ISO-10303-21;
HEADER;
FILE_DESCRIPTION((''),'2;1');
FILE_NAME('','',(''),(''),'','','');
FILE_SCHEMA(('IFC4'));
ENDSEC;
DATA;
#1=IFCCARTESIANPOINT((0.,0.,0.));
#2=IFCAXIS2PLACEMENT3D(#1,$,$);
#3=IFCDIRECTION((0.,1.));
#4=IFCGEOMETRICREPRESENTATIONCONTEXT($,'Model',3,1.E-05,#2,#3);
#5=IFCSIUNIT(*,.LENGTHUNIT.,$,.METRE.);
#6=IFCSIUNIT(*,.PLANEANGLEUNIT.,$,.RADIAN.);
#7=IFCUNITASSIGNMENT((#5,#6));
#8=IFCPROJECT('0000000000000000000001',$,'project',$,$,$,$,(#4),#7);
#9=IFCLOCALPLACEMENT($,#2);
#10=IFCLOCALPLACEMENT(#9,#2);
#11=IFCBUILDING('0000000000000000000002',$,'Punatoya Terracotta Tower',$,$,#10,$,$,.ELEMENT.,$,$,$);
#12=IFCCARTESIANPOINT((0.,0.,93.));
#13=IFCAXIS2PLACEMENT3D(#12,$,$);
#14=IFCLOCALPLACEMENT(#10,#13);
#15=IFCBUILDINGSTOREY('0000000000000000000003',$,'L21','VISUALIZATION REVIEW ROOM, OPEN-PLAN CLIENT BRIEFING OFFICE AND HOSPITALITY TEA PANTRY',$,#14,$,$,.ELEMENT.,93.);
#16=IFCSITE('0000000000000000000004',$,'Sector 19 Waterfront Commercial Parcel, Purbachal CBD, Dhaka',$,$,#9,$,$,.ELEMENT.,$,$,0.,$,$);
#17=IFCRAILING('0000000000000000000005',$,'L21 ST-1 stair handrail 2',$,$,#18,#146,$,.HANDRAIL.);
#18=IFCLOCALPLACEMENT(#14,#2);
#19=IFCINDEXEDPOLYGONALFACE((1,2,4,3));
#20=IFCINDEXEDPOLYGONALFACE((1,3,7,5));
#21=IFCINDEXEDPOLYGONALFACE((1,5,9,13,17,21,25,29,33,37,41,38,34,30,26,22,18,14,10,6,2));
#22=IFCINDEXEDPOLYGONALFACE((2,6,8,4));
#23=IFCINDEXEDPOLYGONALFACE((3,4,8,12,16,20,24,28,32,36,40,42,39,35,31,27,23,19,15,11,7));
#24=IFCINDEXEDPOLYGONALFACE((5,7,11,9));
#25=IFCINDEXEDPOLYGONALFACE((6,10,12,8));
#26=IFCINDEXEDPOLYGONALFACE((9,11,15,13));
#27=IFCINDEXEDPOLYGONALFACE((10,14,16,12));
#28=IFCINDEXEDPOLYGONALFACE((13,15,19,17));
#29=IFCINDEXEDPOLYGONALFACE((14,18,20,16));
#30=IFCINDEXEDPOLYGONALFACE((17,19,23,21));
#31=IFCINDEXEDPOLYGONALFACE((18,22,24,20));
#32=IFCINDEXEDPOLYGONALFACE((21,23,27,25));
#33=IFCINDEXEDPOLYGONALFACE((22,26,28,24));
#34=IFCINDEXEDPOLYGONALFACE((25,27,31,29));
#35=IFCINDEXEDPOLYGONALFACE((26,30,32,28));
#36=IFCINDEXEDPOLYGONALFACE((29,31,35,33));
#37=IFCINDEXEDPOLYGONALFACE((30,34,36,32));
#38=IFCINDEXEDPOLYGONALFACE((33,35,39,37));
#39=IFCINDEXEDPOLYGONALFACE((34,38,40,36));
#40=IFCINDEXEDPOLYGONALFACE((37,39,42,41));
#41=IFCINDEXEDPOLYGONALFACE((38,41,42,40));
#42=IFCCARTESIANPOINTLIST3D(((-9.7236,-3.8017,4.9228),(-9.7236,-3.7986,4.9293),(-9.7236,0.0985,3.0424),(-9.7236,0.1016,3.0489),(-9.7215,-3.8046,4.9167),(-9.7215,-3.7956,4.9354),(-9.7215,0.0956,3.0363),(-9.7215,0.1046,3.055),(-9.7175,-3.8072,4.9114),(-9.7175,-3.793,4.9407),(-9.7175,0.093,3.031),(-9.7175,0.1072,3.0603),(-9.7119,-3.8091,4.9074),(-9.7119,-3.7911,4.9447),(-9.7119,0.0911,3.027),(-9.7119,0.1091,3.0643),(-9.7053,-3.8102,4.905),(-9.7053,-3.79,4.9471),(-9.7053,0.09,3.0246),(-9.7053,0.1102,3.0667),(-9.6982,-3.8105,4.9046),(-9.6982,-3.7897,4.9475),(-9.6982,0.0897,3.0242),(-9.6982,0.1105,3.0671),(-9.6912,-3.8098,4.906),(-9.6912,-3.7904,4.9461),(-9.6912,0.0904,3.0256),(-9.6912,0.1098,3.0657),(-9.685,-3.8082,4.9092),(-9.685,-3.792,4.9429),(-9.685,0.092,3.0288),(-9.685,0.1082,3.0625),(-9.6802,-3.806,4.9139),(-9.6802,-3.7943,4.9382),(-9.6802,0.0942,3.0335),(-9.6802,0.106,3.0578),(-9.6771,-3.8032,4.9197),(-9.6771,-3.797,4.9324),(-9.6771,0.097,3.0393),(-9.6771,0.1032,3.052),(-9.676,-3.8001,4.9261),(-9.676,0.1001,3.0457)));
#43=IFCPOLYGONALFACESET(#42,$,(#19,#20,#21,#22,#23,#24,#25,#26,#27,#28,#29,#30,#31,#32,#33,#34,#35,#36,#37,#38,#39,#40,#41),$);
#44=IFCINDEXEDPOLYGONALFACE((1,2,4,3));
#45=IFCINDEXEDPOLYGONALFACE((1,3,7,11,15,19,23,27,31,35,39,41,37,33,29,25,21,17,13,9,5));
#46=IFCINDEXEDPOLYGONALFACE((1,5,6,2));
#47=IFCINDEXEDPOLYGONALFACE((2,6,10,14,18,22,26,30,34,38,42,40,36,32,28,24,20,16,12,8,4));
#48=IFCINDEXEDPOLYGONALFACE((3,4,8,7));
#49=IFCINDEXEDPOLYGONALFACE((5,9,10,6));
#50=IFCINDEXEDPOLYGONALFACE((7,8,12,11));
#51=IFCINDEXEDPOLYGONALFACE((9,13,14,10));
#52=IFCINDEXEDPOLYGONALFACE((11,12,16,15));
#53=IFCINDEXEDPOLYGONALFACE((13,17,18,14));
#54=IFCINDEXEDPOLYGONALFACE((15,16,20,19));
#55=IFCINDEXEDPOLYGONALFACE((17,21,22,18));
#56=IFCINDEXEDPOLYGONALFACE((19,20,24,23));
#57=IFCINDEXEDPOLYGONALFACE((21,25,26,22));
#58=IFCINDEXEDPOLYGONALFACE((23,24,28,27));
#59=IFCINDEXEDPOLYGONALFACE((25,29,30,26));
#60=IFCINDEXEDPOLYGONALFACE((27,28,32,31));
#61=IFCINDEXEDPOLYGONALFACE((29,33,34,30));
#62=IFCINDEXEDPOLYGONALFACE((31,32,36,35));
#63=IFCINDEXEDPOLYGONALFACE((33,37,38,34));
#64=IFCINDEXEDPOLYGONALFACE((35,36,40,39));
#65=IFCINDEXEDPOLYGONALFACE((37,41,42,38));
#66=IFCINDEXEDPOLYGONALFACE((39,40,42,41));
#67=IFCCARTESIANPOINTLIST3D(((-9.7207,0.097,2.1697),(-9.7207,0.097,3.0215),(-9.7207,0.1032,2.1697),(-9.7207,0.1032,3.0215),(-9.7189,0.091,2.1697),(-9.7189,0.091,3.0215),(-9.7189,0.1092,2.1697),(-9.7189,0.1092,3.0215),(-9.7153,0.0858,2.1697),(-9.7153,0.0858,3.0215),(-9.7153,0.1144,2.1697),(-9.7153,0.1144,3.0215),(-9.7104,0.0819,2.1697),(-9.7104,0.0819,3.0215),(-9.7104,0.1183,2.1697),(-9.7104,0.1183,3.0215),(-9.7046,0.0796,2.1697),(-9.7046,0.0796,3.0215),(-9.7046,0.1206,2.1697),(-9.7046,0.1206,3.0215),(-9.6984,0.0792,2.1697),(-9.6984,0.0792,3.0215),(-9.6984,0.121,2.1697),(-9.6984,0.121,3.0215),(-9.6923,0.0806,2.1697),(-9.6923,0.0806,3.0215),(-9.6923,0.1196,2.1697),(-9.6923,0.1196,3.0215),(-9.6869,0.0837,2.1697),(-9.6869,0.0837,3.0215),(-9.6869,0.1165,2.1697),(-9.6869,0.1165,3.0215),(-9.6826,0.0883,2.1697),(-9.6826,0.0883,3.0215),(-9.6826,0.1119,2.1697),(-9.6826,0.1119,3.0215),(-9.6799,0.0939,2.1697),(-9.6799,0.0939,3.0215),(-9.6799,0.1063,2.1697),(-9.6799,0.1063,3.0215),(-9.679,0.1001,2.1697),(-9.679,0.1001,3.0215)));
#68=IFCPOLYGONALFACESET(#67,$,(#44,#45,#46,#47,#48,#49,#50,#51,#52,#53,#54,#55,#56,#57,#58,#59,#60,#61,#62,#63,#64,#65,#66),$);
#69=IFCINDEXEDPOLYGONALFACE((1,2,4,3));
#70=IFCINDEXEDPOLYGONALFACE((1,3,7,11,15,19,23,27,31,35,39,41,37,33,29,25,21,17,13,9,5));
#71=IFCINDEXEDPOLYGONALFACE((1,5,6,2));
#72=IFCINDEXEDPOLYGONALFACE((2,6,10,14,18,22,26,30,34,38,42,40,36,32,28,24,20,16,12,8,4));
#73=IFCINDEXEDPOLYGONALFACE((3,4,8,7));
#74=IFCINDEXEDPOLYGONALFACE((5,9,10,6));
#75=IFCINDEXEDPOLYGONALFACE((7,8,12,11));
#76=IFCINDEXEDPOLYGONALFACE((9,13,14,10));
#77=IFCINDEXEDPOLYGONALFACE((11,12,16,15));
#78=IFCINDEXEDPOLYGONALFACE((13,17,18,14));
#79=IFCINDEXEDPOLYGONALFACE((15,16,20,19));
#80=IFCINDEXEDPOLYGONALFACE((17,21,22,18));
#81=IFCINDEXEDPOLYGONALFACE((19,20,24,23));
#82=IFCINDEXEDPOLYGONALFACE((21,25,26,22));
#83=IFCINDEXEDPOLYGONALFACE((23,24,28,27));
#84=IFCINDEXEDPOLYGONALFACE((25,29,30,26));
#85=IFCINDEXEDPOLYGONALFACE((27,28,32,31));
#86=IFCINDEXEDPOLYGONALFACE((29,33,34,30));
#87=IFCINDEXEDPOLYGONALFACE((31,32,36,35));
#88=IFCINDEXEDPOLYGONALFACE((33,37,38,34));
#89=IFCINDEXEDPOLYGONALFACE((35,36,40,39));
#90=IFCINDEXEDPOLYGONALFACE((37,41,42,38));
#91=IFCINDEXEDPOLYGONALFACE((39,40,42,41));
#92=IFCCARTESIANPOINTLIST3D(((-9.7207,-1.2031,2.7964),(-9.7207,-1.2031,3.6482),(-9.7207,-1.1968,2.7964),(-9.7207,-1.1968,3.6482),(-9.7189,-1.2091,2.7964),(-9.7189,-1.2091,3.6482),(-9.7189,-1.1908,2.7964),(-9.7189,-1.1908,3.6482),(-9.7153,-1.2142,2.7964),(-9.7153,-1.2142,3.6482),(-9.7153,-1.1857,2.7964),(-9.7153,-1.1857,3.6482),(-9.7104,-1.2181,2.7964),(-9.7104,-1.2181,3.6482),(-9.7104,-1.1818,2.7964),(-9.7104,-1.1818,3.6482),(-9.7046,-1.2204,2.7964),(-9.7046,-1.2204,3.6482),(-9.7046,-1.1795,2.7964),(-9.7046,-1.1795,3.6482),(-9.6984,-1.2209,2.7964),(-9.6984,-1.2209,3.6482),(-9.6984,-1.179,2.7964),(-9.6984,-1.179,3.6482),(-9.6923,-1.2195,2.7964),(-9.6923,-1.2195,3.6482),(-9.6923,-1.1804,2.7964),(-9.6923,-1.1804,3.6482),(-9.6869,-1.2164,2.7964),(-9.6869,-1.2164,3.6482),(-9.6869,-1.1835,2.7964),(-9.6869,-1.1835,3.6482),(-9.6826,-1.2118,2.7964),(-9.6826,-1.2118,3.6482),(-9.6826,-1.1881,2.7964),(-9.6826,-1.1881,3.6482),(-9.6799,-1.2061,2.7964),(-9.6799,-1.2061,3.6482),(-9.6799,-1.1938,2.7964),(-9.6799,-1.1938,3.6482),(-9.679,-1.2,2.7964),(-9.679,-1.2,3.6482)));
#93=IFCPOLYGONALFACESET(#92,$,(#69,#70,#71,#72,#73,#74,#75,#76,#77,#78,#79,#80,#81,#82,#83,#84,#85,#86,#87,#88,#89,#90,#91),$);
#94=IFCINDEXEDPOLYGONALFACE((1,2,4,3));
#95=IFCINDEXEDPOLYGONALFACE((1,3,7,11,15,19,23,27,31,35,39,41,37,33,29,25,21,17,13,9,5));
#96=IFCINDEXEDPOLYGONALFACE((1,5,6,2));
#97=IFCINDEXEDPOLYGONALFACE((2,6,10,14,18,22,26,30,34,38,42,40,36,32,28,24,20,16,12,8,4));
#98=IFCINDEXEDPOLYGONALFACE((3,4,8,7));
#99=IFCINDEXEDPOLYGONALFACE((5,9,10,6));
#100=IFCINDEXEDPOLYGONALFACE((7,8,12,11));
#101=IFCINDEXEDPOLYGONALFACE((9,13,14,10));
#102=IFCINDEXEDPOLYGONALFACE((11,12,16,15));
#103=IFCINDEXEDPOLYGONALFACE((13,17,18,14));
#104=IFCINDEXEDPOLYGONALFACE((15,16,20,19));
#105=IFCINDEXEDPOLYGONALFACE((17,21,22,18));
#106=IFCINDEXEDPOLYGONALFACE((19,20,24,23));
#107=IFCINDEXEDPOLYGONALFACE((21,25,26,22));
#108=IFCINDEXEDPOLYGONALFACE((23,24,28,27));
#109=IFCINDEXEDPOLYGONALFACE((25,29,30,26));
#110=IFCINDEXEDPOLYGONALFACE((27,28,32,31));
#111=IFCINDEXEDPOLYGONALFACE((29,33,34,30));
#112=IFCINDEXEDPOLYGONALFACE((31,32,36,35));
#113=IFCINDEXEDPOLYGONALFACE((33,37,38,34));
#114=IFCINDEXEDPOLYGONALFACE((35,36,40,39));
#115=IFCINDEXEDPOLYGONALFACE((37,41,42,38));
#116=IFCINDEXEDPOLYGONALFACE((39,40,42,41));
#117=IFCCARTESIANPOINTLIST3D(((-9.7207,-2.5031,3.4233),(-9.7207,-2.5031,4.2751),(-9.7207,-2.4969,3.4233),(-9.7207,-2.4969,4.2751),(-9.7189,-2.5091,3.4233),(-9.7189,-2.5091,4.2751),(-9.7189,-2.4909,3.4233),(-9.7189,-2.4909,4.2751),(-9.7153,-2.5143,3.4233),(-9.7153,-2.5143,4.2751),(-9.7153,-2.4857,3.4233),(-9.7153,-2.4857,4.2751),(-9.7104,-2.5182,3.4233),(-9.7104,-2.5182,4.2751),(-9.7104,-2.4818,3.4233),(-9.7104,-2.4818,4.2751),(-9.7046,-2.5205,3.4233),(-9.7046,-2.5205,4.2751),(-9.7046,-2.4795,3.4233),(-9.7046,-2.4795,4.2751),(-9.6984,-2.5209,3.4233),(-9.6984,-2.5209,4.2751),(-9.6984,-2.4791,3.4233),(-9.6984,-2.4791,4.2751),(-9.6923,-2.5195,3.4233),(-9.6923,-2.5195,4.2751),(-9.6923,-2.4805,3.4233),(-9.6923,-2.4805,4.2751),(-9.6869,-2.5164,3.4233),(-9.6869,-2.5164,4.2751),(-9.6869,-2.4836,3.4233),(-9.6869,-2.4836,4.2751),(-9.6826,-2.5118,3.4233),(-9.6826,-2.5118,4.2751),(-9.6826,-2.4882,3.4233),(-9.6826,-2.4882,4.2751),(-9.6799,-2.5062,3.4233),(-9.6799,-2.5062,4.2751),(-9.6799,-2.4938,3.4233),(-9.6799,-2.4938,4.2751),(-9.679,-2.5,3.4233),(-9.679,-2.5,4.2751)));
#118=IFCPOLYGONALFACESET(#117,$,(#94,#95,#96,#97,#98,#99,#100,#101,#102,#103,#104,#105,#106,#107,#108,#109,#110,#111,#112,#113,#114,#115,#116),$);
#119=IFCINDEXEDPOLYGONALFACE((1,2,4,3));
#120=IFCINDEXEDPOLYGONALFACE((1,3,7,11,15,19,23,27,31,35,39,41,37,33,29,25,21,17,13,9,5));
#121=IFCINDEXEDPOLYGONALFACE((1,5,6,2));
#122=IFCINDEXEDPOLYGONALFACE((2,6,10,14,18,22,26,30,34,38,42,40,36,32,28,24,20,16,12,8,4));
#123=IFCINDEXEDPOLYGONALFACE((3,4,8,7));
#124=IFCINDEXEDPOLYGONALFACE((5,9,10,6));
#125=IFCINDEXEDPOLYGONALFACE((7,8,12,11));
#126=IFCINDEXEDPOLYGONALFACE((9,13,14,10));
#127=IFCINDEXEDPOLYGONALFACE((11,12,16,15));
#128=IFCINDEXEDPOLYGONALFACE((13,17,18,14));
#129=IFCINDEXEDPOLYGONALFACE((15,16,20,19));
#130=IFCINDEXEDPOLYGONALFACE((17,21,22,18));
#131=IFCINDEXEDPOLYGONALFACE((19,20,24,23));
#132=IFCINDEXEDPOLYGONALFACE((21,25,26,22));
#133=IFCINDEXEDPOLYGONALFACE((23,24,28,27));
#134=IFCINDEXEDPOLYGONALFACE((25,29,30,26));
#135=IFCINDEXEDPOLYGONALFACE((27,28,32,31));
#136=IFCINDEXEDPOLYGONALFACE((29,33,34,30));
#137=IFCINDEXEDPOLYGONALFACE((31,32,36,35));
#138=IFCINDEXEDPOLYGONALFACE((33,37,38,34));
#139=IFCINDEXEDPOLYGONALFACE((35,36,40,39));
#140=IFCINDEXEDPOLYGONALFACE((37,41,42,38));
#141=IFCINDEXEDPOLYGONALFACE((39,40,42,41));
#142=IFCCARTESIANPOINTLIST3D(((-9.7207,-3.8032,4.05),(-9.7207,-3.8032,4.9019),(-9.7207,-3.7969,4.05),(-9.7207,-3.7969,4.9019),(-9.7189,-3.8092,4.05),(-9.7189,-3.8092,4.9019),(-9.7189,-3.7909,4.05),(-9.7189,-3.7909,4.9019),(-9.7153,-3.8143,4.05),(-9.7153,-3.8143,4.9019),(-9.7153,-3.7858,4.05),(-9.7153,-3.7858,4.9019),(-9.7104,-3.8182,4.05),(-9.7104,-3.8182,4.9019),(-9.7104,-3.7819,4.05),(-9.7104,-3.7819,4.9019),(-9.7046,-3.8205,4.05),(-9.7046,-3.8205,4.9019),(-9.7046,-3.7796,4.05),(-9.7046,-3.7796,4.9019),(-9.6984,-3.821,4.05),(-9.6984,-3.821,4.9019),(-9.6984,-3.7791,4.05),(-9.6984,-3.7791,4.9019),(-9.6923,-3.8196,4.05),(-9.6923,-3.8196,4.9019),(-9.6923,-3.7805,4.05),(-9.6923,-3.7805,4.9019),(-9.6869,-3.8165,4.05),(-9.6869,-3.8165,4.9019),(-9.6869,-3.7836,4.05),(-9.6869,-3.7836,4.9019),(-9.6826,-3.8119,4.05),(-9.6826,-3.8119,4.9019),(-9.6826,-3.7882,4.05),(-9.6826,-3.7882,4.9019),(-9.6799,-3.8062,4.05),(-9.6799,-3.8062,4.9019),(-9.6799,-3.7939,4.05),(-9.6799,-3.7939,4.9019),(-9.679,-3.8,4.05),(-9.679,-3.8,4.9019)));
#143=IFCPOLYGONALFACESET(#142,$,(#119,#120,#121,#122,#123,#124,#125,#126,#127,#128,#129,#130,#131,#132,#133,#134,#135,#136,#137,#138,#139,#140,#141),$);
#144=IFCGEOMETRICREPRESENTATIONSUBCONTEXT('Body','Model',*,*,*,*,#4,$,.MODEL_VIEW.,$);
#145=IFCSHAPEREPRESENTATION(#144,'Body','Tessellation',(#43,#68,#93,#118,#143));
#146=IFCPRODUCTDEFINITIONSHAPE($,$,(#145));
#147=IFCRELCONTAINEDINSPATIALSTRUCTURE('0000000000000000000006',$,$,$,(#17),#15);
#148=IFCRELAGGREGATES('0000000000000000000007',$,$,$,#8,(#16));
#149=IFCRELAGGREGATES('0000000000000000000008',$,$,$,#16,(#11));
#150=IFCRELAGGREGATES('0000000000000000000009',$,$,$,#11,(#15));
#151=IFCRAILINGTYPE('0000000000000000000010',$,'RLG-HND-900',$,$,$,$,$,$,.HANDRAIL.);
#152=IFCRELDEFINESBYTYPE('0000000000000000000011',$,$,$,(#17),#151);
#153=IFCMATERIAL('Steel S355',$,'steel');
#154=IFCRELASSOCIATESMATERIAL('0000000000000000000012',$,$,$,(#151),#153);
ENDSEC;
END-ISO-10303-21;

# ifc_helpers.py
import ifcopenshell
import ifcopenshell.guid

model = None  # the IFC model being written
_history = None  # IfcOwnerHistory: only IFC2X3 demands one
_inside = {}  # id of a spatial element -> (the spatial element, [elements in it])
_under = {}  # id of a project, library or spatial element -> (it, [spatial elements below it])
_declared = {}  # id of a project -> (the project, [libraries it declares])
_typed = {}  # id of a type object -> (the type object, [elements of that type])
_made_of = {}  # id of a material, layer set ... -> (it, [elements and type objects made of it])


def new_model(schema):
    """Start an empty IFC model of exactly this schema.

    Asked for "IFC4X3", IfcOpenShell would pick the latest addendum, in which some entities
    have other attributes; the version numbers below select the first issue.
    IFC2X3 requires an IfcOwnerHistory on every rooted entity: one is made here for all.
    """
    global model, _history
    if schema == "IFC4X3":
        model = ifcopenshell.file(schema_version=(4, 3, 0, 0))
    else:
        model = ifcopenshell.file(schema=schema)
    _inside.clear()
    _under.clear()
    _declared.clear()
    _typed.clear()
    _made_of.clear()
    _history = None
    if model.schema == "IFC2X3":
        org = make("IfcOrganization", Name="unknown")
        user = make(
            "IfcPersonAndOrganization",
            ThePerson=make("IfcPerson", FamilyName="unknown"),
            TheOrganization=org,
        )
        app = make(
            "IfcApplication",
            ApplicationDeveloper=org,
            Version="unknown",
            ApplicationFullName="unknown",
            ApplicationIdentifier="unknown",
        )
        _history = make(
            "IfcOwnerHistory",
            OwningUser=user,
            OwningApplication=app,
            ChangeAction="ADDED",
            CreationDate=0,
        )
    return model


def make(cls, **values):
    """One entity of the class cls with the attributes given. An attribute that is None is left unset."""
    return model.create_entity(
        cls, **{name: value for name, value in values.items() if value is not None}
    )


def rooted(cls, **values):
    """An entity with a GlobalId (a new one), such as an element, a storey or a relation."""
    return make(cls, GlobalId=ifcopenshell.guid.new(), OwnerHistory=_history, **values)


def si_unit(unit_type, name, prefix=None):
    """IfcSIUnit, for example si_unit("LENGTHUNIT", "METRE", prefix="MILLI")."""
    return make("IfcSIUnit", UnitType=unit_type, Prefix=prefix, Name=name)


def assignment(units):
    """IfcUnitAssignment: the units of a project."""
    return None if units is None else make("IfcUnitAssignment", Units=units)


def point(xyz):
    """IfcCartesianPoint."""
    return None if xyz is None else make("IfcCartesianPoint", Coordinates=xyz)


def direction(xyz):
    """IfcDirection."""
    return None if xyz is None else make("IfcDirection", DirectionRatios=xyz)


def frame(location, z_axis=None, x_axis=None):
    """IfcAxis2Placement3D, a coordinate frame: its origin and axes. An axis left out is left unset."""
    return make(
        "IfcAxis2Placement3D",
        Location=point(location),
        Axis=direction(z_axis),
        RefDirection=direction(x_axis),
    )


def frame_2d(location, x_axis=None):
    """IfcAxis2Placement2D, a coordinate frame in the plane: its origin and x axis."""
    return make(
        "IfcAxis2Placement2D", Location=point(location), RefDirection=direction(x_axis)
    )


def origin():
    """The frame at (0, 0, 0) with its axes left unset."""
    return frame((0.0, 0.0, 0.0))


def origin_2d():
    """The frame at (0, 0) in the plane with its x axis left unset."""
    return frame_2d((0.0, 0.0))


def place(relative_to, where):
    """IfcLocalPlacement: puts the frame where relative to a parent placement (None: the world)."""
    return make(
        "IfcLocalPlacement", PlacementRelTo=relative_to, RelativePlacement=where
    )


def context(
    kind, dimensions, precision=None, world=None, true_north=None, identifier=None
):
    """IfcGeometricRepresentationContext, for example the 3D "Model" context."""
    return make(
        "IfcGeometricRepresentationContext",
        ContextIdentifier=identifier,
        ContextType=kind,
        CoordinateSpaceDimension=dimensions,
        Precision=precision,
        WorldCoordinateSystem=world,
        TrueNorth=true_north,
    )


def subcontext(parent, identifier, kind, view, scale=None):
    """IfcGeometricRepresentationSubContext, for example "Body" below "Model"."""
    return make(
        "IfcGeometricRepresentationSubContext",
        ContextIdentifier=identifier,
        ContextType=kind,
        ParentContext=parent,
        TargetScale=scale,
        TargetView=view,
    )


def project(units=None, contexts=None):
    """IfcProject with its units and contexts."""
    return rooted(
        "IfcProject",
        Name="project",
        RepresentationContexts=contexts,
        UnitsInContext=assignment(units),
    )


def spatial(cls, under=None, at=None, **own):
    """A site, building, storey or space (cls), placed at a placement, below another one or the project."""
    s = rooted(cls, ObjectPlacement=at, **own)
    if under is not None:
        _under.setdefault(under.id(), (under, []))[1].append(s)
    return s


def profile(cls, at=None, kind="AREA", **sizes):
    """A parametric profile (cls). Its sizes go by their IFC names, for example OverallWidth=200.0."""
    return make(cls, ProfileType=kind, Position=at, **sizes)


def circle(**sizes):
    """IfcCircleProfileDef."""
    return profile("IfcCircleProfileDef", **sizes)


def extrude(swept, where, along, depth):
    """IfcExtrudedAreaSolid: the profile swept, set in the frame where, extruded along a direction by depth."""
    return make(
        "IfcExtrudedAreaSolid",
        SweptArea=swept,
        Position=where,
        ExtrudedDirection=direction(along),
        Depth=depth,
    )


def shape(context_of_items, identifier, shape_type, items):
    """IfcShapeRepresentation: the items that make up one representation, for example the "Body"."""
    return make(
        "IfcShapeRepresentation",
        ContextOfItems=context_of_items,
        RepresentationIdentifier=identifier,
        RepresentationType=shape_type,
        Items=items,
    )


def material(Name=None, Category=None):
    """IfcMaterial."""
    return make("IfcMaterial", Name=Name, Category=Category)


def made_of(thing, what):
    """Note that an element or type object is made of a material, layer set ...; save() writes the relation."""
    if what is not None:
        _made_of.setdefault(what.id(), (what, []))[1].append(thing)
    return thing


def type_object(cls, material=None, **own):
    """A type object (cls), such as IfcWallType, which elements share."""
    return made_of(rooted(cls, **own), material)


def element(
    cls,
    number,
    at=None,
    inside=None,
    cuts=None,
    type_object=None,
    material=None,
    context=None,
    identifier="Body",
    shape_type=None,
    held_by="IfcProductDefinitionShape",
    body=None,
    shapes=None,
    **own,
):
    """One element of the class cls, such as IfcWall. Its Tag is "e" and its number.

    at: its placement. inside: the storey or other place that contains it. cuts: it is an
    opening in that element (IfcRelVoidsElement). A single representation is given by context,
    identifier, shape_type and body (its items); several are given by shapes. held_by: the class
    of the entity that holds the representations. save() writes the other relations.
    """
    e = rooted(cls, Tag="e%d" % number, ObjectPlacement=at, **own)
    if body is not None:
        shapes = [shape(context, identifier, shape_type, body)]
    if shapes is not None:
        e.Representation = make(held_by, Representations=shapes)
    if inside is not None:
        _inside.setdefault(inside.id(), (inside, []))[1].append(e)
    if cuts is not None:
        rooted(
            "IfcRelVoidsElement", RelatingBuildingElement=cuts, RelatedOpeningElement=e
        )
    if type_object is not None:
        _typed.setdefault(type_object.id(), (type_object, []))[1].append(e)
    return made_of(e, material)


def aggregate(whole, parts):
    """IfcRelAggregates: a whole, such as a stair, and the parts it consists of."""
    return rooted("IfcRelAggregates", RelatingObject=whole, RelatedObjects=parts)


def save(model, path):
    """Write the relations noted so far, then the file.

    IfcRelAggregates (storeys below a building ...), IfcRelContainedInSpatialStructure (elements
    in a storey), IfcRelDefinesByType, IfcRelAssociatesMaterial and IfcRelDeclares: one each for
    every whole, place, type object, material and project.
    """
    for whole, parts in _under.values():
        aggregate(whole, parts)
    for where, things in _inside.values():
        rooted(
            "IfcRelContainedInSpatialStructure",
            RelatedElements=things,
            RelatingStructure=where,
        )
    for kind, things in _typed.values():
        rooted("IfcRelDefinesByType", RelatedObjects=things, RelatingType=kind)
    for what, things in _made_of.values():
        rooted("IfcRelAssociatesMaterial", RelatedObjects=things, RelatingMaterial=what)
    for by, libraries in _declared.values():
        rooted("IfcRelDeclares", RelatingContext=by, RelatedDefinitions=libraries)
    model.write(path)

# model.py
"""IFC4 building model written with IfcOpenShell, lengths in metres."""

from ifc_helpers import new_model, si_unit, direction, frame, origin, origin_2d, place, context, subcontext, project, spatial, circle, extrude, material, type_object, element, save


model = new_model("IFC4")

# Units and contexts
model_context = context("Model", 3, precision=1e-05, world=origin(), true_north=direction((0.0, 1.0)))
body_context = subcontext(model_context, "Body", "Model", "MODEL_VIEW")
ifc_project = project(units=[si_unit("LENGTHUNIT", "METRE"), si_unit("PLANEANGLEUNIT", "RADIAN")], contexts=[model_context])

# Site, building, storey
site_placement = place(None, origin())
site = spatial("IfcSite", under=ifc_project, at=site_placement, Name="Sector 19 Waterfront Commercial Parcel, Purbachal CBD, Dhaka", CompositionType="ELEMENT", RefElevation=0.0)
building_placement = place(site_placement, origin())
building = spatial("IfcBuilding", under=site, at=building_placement, Name="Punatoya Terracotta Tower", CompositionType="ELEMENT")
storey_placement = place(building_placement, frame((0.0, 0.0, 93.0)))
storey = spatial("IfcBuildingStorey", under=building, at=storey_placement, Name="L21", Description="VISUALIZATION REVIEW ROOM, OPEN-PLAN CLIENT BRIEFING OFFICE AND HOSPITALITY TEA PANTRY", CompositionType="ELEMENT", Elevation=93.0)

# Shared definitions
ifc_material_1 = material(Name="Steel S355", Category="steel")

# Railing
railing_type_1 = type_object("IfcRailingType", Name="RLG-HND-900", PredefinedType="HANDRAIL", material=ifc_material_1)
railing_1_placement = place(storey_placement, frame((-9.7, 0.1001, 2.1697)))
element("IfcRailing", 1, at=railing_1_placement, inside=storey, type_object=railing_type_1, Name="L21 ST-1 stair handrail 2", PredefinedType="HANDRAIL", context=body_context, shape_type="SweptSolid", body=[
    extrude(circle(Radius=0.0239, at=origin_2d()), frame((0.0, 0.0, 0.876), z_axis=(0.0, -0.900774, 0.434289), x_axis=(1.0, 0.0, 0.0)), (0.0, 0.0, 1.0), 4.3298),
    extrude(circle(Radius=0.021, at=origin_2d()), origin(), (0.0, 0.0, 1.0), 0.8518),
    extrude(circle(Radius=0.021, at=origin_2d()), frame((0.0, -1.3, 0.6267)), (0.0, 0.0, 1.0), 0.8518),
    extrude(circle(Radius=0.021, at=origin_2d()), frame((0.0, -2.6001, 1.2537)), (0.0, 0.0, 1.0), 0.8518),
    extrude(circle(Radius=0.021, at=origin_2d()), frame((0.0, -3.9001, 1.8804)), (0.0, 0.0, 1.0), 0.8518),
])

save(model, "model.ifc")
